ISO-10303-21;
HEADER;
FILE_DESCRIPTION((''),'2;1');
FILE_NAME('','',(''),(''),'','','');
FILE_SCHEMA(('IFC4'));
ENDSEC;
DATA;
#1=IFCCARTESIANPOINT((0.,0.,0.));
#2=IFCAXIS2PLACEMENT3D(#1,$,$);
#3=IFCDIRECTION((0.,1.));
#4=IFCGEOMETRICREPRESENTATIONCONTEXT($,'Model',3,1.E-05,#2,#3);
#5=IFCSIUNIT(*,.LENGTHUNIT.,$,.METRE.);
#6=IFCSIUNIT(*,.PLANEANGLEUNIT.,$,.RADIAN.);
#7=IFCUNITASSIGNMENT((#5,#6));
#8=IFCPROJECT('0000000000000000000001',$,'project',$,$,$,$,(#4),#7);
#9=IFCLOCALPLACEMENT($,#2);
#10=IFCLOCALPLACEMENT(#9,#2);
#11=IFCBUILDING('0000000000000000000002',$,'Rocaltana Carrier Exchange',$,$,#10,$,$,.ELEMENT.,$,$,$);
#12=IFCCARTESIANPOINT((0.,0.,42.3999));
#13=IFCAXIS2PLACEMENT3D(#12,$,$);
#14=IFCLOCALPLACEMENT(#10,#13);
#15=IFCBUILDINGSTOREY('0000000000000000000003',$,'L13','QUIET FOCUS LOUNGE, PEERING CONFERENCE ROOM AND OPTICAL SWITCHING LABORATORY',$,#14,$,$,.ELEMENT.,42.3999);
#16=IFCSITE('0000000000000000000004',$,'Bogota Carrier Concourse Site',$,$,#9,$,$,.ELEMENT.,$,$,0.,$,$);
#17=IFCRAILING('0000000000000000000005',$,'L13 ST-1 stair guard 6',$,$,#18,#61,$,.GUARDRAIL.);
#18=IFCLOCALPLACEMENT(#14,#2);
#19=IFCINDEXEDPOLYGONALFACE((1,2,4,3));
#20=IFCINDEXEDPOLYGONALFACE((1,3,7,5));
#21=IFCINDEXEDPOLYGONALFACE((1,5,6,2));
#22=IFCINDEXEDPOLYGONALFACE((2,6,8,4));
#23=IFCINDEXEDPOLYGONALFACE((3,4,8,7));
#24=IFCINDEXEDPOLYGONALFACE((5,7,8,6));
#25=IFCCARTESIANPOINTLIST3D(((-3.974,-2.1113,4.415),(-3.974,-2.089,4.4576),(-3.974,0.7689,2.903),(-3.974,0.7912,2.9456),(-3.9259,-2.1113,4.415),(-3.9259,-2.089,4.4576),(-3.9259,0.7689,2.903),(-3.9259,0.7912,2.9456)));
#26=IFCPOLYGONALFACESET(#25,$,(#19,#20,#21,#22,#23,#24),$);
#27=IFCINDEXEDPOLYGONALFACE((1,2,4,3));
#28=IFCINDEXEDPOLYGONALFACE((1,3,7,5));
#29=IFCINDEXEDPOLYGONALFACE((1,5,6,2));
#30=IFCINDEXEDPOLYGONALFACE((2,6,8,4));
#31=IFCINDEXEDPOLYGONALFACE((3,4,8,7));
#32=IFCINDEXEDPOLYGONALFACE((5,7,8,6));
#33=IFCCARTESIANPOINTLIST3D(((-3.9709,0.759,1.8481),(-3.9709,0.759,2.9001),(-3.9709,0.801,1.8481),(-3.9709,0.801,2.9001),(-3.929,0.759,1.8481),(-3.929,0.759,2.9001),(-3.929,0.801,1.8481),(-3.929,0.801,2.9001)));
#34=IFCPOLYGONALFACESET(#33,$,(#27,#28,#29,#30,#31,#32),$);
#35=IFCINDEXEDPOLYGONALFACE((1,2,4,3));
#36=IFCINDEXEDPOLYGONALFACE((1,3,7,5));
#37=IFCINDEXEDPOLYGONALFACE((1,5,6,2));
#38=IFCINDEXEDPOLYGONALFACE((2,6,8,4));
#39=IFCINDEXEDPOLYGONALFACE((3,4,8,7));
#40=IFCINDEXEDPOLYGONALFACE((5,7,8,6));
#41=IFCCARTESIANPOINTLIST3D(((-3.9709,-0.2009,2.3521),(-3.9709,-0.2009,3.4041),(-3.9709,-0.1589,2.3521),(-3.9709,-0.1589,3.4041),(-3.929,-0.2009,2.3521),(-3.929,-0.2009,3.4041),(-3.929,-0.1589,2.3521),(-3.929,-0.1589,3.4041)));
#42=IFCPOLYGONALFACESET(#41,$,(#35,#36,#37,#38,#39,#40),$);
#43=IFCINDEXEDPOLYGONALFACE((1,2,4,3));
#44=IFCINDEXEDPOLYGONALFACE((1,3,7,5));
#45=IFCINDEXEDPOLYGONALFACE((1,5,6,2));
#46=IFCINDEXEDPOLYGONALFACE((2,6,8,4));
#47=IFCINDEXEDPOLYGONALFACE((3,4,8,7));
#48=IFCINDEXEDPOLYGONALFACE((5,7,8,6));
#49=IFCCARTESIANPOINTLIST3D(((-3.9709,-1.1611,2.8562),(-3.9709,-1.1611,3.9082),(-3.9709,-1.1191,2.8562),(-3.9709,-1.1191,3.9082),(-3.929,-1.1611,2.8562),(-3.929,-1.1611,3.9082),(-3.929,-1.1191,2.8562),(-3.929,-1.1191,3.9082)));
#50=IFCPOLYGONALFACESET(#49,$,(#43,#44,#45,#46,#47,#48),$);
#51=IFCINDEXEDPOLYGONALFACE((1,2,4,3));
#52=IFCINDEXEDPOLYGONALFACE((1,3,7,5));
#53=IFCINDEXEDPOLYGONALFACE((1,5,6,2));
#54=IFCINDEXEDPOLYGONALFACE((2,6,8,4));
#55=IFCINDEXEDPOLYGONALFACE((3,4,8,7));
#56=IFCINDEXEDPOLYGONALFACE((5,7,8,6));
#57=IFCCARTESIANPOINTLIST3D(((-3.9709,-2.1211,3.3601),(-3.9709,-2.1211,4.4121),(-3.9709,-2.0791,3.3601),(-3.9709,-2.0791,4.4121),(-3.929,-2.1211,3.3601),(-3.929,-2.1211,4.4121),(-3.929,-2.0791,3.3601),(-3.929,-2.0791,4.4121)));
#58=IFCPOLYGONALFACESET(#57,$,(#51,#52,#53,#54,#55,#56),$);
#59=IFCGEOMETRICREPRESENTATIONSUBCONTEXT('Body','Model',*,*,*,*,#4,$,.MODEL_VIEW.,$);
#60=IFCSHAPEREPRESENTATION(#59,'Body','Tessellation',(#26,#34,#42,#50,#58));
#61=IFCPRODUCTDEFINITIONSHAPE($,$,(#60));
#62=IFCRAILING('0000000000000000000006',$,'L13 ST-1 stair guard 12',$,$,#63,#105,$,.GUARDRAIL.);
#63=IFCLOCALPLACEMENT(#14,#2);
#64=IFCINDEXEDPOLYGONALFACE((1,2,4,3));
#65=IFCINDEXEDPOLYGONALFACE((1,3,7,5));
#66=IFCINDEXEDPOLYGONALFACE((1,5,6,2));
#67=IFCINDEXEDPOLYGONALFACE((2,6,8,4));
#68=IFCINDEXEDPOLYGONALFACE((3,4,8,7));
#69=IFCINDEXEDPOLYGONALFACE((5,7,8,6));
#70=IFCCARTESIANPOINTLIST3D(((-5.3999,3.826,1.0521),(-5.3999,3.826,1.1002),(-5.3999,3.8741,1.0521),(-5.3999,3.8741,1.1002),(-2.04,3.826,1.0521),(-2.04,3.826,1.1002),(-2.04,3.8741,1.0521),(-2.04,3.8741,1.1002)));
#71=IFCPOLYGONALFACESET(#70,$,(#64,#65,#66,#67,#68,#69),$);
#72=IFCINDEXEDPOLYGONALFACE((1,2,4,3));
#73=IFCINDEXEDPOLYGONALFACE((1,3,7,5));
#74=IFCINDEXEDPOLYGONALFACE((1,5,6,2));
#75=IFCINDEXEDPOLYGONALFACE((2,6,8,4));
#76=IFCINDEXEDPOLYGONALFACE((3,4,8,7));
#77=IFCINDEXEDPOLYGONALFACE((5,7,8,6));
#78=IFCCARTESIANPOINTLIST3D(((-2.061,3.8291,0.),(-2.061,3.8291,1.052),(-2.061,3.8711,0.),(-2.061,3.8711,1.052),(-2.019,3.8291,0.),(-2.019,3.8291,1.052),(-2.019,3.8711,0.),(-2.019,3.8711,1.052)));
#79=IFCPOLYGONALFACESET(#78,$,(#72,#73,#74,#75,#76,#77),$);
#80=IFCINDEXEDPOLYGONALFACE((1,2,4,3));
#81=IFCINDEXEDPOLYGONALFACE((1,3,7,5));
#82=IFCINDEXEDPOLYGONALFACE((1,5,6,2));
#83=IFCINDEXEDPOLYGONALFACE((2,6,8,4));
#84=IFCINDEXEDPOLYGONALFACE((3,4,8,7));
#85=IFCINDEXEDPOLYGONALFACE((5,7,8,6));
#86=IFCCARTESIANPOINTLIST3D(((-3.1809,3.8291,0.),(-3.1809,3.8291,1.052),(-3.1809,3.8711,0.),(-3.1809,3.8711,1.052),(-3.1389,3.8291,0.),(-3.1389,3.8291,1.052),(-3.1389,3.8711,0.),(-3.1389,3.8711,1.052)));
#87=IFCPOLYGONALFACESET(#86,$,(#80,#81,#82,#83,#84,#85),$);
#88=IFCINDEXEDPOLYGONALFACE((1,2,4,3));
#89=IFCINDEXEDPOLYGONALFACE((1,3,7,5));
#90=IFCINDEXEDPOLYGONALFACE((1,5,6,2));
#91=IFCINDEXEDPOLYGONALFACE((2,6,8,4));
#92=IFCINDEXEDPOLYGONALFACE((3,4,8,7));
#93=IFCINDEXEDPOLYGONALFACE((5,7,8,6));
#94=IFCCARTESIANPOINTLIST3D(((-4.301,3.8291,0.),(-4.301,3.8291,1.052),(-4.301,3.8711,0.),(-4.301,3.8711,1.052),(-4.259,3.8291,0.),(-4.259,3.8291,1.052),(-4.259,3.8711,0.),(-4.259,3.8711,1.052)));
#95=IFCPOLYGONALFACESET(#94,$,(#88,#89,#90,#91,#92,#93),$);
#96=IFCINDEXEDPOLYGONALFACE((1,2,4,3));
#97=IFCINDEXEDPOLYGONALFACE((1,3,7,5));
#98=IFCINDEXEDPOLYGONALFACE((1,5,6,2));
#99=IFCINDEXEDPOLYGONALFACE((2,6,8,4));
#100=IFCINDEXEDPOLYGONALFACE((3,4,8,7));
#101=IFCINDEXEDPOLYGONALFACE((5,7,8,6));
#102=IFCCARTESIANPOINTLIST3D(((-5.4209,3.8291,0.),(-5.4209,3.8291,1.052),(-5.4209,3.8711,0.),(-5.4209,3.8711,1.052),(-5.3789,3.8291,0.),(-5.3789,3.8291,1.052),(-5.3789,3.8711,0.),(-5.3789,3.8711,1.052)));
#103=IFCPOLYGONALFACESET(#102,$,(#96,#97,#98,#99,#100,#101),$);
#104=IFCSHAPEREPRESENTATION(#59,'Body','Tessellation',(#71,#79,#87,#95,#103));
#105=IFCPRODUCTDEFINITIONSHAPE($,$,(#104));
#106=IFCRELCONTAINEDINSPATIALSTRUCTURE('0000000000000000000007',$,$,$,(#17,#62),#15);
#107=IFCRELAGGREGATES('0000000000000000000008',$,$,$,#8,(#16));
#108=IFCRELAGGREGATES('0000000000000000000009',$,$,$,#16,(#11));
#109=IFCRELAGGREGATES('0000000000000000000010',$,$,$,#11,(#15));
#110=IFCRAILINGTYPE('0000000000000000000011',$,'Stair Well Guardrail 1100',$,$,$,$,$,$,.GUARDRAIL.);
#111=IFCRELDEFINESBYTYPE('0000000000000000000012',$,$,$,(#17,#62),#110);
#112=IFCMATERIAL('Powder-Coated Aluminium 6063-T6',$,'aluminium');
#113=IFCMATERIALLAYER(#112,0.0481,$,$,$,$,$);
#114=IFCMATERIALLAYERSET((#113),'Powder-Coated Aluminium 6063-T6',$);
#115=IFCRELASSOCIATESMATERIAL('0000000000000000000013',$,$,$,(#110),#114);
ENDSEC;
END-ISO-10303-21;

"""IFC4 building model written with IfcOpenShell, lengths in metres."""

from ifc_helpers import new_model, si_unit, direction, frame, origin, origin_2d, place, context, subcontext, project, spatial, rectangle, extrude, material, layer, layer_set, type_object, element, save


model = new_model("IFC4")

# Units and contexts
model_context = context("Model", 3, precision=1e-05, world=origin(), true_north=direction((0.0, 1.0)))
body_context = subcontext(model_context, "Body", "Model", "MODEL_VIEW")
ifc_project = project(units=[si_unit("LENGTHUNIT", "METRE"), si_unit("PLANEANGLEUNIT", "RADIAN")], contexts=[model_context])

# Site, building, storey
site_placement = place(None, origin())
site = spatial("IfcSite", under=ifc_project, at=site_placement, Name="Bogota Carrier Concourse Site", CompositionType="ELEMENT", RefElevation=0.0)
building_placement = place(site_placement, origin())
building = spatial("IfcBuilding", under=site, at=building_placement, Name="Rocaltana Carrier Exchange", CompositionType="ELEMENT")
storey_placement = place(building_placement, frame((0.0, 0.0, 42.3999)))
storey = spatial("IfcBuildingStorey", under=building, at=storey_placement, Name="L13", Description="QUIET FOCUS LOUNGE, PEERING CONFERENCE ROOM AND OPTICAL SWITCHING LABORATORY", CompositionType="ELEMENT", Elevation=42.3999)

# Railings
ifc_material_1 = material(Name="Powder-Coated Aluminium 6063-T6", Category="aluminium")
ifc_layer_1 = layer(ifc_material_1, 0.0481)
ifc_layer_set_1 = layer_set([ifc_layer_1], Name="Powder-Coated Aluminium 6063-T6")
railing_type_1 = type_object("IfcRailingType", Name="Stair Well Guardrail 1100", PredefinedType="GUARDRAIL", material=ifc_layer_set_1)
railing_1_placement = place(storey_placement, frame((-3.95, 0.78, 1.8481)))
element("IfcRailing", 1, at=railing_1_placement, inside=storey, type_object=railing_type_1, Name="L13 ST-1 stair guard 6", PredefinedType="GUARDRAIL", context=body_context, shape_type="SweptSolid", body=[
    extrude(rectangle(XDim=0.0481, YDim=0.0481, at=origin_2d()), frame((0.0, 0.0, 1.0762), z_axis=(0.0, -0.885411, 0.464809), x_axis=(1.0, 0.0, 0.0)), (0.0, 0.0, 1.0), 3.2529),
    extrude(rectangle(XDim=0.042, YDim=0.042, at=origin_2d()), origin(), (0.0, 0.0, 1.0), 1.052),
    extrude(rectangle(XDim=0.042, YDim=0.042, at=origin_2d()), frame((0.0, -0.96, 0.5039)), (0.0, 0.0, 1.0), 1.052),
    extrude(rectangle(XDim=0.042, YDim=0.042, at=origin_2d()), frame((0.0, -1.9202, 1.0081)), (0.0, 0.0, 1.0), 1.052),
    extrude(rectangle(XDim=0.042, YDim=0.042, at=origin_2d()), frame((0.0, -2.8801, 1.512)), (0.0, 0.0, 1.0), 1.052),
])
railing_2_placement = place(storey_placement, frame((-2.04, 3.8501, 0.0)))
element("IfcRailing", 2, at=railing_2_placement, inside=storey, type_object=railing_type_1, Name="L13 ST-1 stair guard 12", PredefinedType="GUARDRAIL", context=body_context, shape_type="SweptSolid", body=[
    extrude(rectangle(XDim=0.0481, YDim=0.0481, at=origin_2d()), frame((0.0, 0.0, 1.0762), z_axis=(-1.0, 0.0, 0.0), x_axis=(0.0, -1.0, 0.0)), (0.0, 0.0, 1.0), 3.3599),
    extrude(rectangle(XDim=0.042, YDim=0.042, at=origin_2d()), origin(), (0.0, 0.0, 1.0), 1.052),
    extrude(rectangle(XDim=0.042, YDim=0.042, at=origin_2d()), frame((-1.1199, 0.0, 0.0)), (0.0, 0.0, 1.0), 1.052),
    extrude(rectangle(XDim=0.042, YDim=0.042, at=origin_2d()), frame((-2.24, 0.0, 0.0)), (0.0, 0.0, 1.0), 1.052),
    extrude(rectangle(XDim=0.042, YDim=0.042, at=origin_2d()), frame((-3.3599, 0.0, 0.0)), (0.0, 0.0, 1.0), 1.052),
])

save(model, "model.ifc")
